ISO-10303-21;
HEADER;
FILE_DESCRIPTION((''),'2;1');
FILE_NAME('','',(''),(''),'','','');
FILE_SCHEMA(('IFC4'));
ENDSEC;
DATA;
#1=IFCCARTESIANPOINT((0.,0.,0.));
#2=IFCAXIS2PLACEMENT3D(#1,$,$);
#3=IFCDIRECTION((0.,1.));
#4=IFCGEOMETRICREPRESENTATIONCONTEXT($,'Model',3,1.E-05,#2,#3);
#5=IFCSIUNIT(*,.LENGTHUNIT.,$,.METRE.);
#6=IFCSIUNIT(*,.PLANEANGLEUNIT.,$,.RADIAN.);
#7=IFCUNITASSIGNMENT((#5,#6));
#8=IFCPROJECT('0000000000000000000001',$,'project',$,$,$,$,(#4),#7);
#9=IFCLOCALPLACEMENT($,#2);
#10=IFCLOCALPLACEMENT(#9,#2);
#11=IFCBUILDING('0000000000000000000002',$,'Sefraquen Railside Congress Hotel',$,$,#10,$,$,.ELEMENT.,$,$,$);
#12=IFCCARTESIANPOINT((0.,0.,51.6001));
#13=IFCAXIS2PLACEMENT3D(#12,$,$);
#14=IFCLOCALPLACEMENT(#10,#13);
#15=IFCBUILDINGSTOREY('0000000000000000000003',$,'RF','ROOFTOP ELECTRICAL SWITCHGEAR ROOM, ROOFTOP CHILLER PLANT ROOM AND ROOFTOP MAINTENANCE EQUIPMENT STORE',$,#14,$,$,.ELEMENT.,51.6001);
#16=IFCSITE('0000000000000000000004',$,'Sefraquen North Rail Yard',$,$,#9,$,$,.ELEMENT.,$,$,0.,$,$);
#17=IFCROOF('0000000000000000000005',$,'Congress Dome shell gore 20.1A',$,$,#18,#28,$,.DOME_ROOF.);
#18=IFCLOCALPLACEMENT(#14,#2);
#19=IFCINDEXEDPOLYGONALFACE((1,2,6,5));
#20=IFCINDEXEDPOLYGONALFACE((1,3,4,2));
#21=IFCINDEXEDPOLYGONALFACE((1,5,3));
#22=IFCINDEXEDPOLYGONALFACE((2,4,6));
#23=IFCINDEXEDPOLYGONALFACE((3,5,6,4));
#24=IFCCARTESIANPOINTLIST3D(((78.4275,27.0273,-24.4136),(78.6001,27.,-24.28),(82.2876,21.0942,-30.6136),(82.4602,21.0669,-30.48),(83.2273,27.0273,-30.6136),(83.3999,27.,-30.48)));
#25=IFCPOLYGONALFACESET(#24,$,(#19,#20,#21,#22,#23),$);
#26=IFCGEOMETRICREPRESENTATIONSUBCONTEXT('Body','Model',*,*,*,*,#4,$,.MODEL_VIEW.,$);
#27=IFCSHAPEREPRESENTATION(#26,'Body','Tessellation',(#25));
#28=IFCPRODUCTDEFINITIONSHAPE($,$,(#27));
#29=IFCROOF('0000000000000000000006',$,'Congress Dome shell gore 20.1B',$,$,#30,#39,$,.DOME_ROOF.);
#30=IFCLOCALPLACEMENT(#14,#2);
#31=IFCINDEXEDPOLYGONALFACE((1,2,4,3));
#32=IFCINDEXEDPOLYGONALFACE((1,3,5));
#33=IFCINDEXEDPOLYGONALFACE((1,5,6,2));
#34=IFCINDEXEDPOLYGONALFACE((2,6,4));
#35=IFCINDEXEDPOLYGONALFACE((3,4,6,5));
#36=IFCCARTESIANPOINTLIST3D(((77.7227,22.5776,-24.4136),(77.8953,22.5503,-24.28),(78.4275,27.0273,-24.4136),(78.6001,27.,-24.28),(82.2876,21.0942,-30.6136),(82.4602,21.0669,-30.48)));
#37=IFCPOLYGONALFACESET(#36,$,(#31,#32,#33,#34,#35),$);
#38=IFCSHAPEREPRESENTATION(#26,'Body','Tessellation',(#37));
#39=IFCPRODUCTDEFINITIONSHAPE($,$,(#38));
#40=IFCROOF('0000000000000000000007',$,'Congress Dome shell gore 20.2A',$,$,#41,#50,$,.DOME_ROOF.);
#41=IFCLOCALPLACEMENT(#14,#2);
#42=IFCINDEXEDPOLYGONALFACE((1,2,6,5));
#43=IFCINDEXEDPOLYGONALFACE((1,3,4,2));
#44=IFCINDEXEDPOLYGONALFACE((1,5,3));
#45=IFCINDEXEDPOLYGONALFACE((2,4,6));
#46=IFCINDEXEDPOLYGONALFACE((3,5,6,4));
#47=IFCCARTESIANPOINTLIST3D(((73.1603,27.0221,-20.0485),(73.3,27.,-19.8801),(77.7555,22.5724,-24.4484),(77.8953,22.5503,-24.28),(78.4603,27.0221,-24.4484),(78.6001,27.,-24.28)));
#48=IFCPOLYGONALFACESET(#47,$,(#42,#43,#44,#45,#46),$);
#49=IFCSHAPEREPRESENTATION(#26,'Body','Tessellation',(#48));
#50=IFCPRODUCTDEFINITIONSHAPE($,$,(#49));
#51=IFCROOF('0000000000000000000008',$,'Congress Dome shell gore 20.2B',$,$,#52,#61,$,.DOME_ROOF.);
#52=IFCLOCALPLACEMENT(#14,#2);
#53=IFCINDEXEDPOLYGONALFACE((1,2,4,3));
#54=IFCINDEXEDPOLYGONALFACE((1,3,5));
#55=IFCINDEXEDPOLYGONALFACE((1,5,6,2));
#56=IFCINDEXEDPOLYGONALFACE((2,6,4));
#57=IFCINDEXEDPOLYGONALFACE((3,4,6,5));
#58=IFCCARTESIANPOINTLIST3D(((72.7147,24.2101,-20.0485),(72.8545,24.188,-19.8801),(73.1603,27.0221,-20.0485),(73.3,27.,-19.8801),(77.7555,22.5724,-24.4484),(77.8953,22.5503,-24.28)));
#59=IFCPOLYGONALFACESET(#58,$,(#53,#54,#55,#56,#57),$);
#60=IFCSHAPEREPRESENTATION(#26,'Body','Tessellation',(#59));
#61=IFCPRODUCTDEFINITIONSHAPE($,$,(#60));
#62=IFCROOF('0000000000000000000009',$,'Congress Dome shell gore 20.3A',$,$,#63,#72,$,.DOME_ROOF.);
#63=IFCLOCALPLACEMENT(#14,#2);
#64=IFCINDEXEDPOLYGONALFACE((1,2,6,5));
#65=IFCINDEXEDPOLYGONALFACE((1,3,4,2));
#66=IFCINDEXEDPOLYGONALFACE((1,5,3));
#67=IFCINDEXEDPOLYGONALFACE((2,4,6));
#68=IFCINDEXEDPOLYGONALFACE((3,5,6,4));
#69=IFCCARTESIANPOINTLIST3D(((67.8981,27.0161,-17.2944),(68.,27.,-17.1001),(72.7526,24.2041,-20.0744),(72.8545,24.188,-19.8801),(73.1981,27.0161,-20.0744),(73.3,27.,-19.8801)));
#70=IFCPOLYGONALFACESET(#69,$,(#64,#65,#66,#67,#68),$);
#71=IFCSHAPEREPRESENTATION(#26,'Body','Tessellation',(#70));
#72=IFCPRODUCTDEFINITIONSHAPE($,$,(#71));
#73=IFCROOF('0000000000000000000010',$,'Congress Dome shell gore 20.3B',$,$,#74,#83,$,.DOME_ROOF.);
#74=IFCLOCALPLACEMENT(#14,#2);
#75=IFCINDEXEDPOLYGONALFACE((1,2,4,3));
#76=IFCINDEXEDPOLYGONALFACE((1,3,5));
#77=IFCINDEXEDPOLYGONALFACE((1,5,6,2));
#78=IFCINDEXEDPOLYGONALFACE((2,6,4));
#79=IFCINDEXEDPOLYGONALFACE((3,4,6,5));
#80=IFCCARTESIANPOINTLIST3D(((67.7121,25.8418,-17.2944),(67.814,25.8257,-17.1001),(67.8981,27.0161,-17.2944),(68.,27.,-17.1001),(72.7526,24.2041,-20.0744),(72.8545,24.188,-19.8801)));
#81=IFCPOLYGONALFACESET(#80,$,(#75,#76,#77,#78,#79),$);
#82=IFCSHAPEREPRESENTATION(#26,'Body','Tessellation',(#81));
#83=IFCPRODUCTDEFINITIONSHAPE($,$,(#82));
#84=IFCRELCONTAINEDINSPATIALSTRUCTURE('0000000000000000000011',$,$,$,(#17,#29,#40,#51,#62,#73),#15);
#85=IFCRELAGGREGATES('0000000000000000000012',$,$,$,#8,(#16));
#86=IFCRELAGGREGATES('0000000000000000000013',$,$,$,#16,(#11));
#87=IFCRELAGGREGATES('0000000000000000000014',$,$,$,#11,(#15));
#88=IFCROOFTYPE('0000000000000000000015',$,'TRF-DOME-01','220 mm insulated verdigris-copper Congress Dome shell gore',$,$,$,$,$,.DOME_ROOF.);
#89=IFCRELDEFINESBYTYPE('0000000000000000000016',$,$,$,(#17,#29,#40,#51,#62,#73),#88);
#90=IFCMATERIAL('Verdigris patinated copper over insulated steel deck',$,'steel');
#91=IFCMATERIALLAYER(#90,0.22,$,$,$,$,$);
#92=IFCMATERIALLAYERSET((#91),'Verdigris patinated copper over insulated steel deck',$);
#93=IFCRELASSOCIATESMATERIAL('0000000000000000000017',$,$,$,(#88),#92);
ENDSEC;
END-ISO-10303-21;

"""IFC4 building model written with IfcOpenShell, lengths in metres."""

from ifc_helpers import new_model, si_unit, direction, frame, origin, place, context, subcontext, project, spatial, polyline, outline, extrude, material, layer, layer_set, type_object, element, save


model = new_model("IFC4")

# Units and contexts
model_context = context("Model", 3, precision=1e-05, world=origin(), true_north=direction((0.0, 1.0)))
body_context = subcontext(model_context, "Body", "Model", "MODEL_VIEW")
ifc_project = project(units=[si_unit("LENGTHUNIT", "METRE"), si_unit("PLANEANGLEUNIT", "RADIAN")], contexts=[model_context])

# Site, building, storey
site_placement = place(None, origin())
site = spatial("IfcSite", under=ifc_project, at=site_placement, Name="Sefraquen North Rail Yard", CompositionType="ELEMENT", RefElevation=0.0)
building_placement = place(site_placement, origin())
building = spatial("IfcBuilding", under=site, at=building_placement, Name="Sefraquen Railside Congress Hotel", CompositionType="ELEMENT")
storey_placement = place(building_placement, frame((0.0, 0.0, 51.6001)))
storey = spatial("IfcBuildingStorey", under=building, at=storey_placement, Name="RF", Description="ROOFTOP ELECTRICAL SWITCHGEAR ROOM, ROOFTOP CHILLER PLANT ROOM AND ROOFTOP MAINTENANCE EQUIPMENT STORE", CompositionType="ELEMENT", Elevation=51.6001)

# Roofs
ifc_material = material(Name="Verdigris patinated copper over insulated steel deck", Category="steel")
ifc_layer = layer(ifc_material, 0.22)
ifc_layer_set = layer_set([ifc_layer], Name="Verdigris patinated copper over insulated steel deck")
roof_type = type_object("IfcRoofType", Name="TRF-DOME-01", Description="220 mm insulated verdigris-copper Congress Dome shell gore", PredefinedType="DOME_ROOF", material=ifc_layer_set)
roof_1_placement = place(storey_placement, frame((82.4602, 21.0669, -30.48), z_axis=(0.784604, -0.124267, 0.607416), x_axis=(0.156432, 0.987689, 0.0)))
element("IfcRoof", 1, at=roof_1_placement, inside=storey, type_object=roof_type, Name="Congress Dome shell gore 20.1A", PredefinedType="DOME_ROOF", context=body_context, shape_type="SweptSolid", body=[
    extrude(outline(polyline([(0.0, 0.0), (6.0071, 0.0), (5.2562, 7.8047), (0.0, 0.0)])), origin(), (0.0, 0.0, -1.0), 0.22),
])
roof_2_placement = place(storey_placement, frame((82.4602, 21.0669, -30.48), z_axis=(0.784596, -0.12428, 0.607423), x_axis=(-0.410228, 0.630534, 0.658893)))
element("IfcRoof", 2, at=roof_2_placement, inside=storey, type_object=roof_type, Name="Congress Dome shell gore 20.1B", PredefinedType="DOME_ROOF", context=body_context, shape_type="SweptSolid", body=[
    extrude(outline(polyline([(0.0, 0.0), (9.4097, 0.0), (6.8931, 3.7368), (0.0, 0.0)])), origin(), (0.0, 0.0, -1.0), 0.22),
])
roof_3_placement = place(storey_placement, frame((77.8953, 22.5503, -24.28), z_axis=(0.635499, -0.100663, 0.765512), x_axis=(0.15645, 0.987686, 0.0)))
element("IfcRoof", 3, at=roof_3_placement, inside=storey, type_object=roof_type, Name="Congress Dome shell gore 20.2A", PredefinedType="DOME_ROOF", context=body_context, shape_type="SweptSolid", body=[
    extrude(outline(polyline([(0.0, 0.0), (4.5052, 0.0), (3.676, 6.8383), (0.0, 0.0)])), origin(), (0.0, 0.0, -1.0), 0.22),
])
roof_4_placement = place(storey_placement, frame((77.8953, 22.5503, -24.28), z_axis=(0.635482, -0.100691, 0.765522), x_axis=(-0.591885, 0.573143, 0.566728)))
element("IfcRoof", 4, at=roof_4_placement, inside=storey, type_object=roof_type, Name="Congress Dome shell gore 20.2B", PredefinedType="DOME_ROOF", context=body_context, shape_type="SweptSolid", body=[
    extrude(outline(polyline([(0.0, 0.0), (7.7637, 0.0), (6.4157, 2.5078), (0.0, 0.0)])), origin(), (0.0, 0.0, -1.0), 0.22),
])
roof_5_placement = place(storey_placement, frame((72.8545, 24.188, -19.8801), z_axis=(0.463254, -0.073401, 0.883181), x_axis=(0.156495, 0.987679, 0.0)))
element("IfcRoof", 5, at=roof_5_placement, inside=storey, type_object=roof_type, Name="Congress Dome shell gore 20.3A", PredefinedType="DOME_ROOF", context=body_context, shape_type="SweptSolid", body=[
    extrude(outline(polyline([(0.0, 0.0), (2.8471, 0.0), (2.0177, 5.9272), (0.0, 0.0)])), origin(), (0.0, 0.0, -1.0), 0.22),
])
roof_6_placement = place(storey_placement, frame((72.8545, 24.188, -19.8801), z_axis=(0.46326, -0.07339, 0.883179), x_axis=(-0.775335, 0.44912, 0.444012)))
element("IfcRoof", 6, at=roof_6_placement, inside=storey, type_object=roof_type, Name="Congress Dome shell gore 20.3B", PredefinedType="DOME_ROOF", context=body_context, shape_type="SweptSolid", body=[
    extrude(outline(polyline([(0.0, 0.0), (6.2612, 0.0), (5.878, 1.1255), (0.0, 0.0)])), origin(), (0.0, 0.0, -1.0), 0.22),
])

save(model, "model.ifc")
